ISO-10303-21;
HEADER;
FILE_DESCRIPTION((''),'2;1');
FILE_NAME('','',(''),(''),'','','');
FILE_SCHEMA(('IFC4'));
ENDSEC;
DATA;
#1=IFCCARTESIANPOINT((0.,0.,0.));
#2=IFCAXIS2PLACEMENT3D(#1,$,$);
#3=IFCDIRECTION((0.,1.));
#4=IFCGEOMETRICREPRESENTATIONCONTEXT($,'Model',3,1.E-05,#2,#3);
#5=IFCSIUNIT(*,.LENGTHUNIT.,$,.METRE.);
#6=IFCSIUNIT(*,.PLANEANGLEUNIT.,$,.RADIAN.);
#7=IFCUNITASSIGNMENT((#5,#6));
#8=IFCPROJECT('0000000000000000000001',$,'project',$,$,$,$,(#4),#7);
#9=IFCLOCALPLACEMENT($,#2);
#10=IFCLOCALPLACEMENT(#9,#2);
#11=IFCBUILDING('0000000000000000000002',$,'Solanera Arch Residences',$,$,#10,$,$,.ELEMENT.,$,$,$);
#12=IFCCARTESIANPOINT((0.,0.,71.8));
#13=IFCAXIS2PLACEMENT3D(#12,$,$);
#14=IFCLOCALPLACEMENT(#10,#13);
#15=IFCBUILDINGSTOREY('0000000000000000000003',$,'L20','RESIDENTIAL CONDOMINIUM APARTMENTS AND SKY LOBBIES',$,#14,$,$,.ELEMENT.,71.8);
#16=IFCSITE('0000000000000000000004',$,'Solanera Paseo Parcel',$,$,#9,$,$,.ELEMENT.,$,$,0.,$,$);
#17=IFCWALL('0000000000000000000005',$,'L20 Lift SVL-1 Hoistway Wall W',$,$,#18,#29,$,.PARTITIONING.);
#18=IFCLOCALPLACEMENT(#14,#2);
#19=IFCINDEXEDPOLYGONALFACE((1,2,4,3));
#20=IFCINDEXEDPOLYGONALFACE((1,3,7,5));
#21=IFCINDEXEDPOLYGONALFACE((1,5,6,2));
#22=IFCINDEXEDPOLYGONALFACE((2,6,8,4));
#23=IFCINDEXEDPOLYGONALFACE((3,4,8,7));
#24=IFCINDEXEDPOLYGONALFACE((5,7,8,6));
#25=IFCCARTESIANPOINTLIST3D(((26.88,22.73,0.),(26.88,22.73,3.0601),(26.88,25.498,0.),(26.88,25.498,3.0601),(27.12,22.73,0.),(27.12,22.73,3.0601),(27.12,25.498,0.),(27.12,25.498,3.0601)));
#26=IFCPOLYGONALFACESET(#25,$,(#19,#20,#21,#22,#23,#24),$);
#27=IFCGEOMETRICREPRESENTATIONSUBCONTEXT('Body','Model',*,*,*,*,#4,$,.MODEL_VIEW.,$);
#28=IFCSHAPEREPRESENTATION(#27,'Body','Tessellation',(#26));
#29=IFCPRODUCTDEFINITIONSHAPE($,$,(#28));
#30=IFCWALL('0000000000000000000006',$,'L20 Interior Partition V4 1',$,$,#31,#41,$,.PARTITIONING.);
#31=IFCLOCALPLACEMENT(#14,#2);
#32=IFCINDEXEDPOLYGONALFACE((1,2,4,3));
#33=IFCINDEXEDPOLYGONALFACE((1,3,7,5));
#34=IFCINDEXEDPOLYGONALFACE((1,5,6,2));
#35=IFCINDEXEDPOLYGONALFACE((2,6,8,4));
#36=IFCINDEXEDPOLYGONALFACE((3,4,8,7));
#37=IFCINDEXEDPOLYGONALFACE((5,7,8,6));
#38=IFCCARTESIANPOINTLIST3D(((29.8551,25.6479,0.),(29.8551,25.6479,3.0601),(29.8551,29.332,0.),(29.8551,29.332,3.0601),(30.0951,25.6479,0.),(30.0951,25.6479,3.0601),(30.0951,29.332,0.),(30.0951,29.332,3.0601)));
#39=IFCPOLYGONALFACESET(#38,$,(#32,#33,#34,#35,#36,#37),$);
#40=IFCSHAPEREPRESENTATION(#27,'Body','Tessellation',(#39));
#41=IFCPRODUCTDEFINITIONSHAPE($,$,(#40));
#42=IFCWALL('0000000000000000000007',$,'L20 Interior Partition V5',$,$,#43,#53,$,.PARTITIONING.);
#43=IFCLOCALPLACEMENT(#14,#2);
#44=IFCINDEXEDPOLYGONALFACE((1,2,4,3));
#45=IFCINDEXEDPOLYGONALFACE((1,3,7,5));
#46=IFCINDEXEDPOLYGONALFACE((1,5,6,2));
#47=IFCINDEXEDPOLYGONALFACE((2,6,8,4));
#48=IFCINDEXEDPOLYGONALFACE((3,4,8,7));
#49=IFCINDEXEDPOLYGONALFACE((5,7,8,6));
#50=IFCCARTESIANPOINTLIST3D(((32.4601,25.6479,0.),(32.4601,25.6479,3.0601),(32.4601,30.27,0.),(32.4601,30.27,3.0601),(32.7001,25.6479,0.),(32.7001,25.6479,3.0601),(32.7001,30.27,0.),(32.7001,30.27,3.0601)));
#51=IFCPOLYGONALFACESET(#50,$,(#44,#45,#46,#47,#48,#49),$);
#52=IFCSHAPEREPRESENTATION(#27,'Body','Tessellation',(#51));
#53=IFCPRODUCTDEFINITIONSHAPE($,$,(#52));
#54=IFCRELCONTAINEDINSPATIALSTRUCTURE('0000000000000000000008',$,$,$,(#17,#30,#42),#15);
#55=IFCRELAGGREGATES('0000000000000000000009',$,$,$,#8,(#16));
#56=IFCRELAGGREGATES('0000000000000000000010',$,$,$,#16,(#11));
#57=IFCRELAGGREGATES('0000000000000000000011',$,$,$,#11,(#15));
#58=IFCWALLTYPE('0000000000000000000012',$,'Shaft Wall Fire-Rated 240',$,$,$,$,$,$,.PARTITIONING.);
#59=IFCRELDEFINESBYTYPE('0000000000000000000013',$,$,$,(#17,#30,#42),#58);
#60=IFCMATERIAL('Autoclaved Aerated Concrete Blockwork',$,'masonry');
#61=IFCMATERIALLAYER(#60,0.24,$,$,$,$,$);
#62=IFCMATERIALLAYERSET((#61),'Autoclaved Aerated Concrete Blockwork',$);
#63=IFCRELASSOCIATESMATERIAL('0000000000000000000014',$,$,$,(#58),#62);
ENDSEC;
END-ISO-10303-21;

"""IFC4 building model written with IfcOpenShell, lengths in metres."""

from ifc_helpers import new_model, si_unit, direction, frame, frame_2d, origin, place, context, subcontext, project, spatial, rectangle, extrude, material, layer, layer_set, type_object, element, save


model = new_model("IFC4")

# Units and contexts
model_context = context("Model", 3, precision=1e-05, world=origin(), true_north=direction((0.0, 1.0)))
body_context = subcontext(model_context, "Body", "Model", "MODEL_VIEW")
ifc_project = project(units=[si_unit("LENGTHUNIT", "METRE"), si_unit("PLANEANGLEUNIT", "RADIAN")], contexts=[model_context])

# Site, building, storey
site_placement = place(None, origin())
site = spatial("IfcSite", under=ifc_project, at=site_placement, Name="Solanera Paseo Parcel", CompositionType="ELEMENT", RefElevation=0.0)
building_placement = place(site_placement, origin())
building = spatial("IfcBuilding", under=site, at=building_placement, Name="Solanera Arch Residences", CompositionType="ELEMENT")
storey_placement = place(building_placement, frame((0.0, 0.0, 71.8)))
storey = spatial("IfcBuildingStorey", under=building, at=storey_placement, Name="L20", Description="RESIDENTIAL CONDOMINIUM APARTMENTS AND SKY LOBBIES", CompositionType="ELEMENT", Elevation=71.8)

# Walls
ifc_material_1 = material(Name="Autoclaved Aerated Concrete Blockwork", Category="masonry")
ifc_layer_1 = layer(ifc_material_1, 0.24)
ifc_layer_set_1 = layer_set([ifc_layer_1], Name="Autoclaved Aerated Concrete Blockwork")
wall_type_1 = type_object("IfcWallType", Name="Shaft Wall Fire-Rated 240", PredefinedType="PARTITIONING", material=ifc_layer_set_1)
wall_1_placement = place(storey_placement, frame((27.0, 22.73, 0.0), z_axis=(0.0, 0.0, 1.0), x_axis=(0.0, 1.0, 0.0)))
element("IfcWall", 1, at=wall_1_placement, inside=storey, type_object=wall_type_1, Name="L20 Lift SVL-1 Hoistway Wall W", PredefinedType="PARTITIONING", context=body_context, shape_type="SweptSolid", body=[
    extrude(rectangle(XDim=2.7681, YDim=0.24, at=frame_2d((1.384, 0.0))), origin(), (0.0, 0.0, 1.0), 3.0601),
])
wall_2_placement = place(storey_placement, frame((29.9751, 25.6479, 0.0), z_axis=(0.0, 0.0, 1.0), x_axis=(0.0, 1.0, 0.0)))
element("IfcWall", 2, at=wall_2_placement, inside=storey, type_object=wall_type_1, Name="L20 Interior Partition V4 1", PredefinedType="PARTITIONING", context=body_context, shape_type="SweptSolid", body=[
    extrude(rectangle(XDim=3.6841, YDim=0.24, at=frame_2d((1.842, 0.0))), origin(), (0.0, 0.0, 1.0), 3.0601),
])

# Wall
wall_3_placement = place(storey_placement, frame((32.5801, 25.6479, 0.0), z_axis=(0.0, 0.0, 1.0), x_axis=(0.0, 1.0, 0.0)))
element("IfcWall", 3, at=wall_3_placement, inside=storey, type_object=wall_type_1, Name="L20 Interior Partition V5", PredefinedType="PARTITIONING", context=body_context, shape_type="SweptSolid", body=[
    extrude(rectangle(XDim=4.6221, YDim=0.24, at=frame_2d((2.311, 0.0))), origin(), (0.0, 0.0, 1.0), 3.0601),
])

save(model, "model.ifc")
